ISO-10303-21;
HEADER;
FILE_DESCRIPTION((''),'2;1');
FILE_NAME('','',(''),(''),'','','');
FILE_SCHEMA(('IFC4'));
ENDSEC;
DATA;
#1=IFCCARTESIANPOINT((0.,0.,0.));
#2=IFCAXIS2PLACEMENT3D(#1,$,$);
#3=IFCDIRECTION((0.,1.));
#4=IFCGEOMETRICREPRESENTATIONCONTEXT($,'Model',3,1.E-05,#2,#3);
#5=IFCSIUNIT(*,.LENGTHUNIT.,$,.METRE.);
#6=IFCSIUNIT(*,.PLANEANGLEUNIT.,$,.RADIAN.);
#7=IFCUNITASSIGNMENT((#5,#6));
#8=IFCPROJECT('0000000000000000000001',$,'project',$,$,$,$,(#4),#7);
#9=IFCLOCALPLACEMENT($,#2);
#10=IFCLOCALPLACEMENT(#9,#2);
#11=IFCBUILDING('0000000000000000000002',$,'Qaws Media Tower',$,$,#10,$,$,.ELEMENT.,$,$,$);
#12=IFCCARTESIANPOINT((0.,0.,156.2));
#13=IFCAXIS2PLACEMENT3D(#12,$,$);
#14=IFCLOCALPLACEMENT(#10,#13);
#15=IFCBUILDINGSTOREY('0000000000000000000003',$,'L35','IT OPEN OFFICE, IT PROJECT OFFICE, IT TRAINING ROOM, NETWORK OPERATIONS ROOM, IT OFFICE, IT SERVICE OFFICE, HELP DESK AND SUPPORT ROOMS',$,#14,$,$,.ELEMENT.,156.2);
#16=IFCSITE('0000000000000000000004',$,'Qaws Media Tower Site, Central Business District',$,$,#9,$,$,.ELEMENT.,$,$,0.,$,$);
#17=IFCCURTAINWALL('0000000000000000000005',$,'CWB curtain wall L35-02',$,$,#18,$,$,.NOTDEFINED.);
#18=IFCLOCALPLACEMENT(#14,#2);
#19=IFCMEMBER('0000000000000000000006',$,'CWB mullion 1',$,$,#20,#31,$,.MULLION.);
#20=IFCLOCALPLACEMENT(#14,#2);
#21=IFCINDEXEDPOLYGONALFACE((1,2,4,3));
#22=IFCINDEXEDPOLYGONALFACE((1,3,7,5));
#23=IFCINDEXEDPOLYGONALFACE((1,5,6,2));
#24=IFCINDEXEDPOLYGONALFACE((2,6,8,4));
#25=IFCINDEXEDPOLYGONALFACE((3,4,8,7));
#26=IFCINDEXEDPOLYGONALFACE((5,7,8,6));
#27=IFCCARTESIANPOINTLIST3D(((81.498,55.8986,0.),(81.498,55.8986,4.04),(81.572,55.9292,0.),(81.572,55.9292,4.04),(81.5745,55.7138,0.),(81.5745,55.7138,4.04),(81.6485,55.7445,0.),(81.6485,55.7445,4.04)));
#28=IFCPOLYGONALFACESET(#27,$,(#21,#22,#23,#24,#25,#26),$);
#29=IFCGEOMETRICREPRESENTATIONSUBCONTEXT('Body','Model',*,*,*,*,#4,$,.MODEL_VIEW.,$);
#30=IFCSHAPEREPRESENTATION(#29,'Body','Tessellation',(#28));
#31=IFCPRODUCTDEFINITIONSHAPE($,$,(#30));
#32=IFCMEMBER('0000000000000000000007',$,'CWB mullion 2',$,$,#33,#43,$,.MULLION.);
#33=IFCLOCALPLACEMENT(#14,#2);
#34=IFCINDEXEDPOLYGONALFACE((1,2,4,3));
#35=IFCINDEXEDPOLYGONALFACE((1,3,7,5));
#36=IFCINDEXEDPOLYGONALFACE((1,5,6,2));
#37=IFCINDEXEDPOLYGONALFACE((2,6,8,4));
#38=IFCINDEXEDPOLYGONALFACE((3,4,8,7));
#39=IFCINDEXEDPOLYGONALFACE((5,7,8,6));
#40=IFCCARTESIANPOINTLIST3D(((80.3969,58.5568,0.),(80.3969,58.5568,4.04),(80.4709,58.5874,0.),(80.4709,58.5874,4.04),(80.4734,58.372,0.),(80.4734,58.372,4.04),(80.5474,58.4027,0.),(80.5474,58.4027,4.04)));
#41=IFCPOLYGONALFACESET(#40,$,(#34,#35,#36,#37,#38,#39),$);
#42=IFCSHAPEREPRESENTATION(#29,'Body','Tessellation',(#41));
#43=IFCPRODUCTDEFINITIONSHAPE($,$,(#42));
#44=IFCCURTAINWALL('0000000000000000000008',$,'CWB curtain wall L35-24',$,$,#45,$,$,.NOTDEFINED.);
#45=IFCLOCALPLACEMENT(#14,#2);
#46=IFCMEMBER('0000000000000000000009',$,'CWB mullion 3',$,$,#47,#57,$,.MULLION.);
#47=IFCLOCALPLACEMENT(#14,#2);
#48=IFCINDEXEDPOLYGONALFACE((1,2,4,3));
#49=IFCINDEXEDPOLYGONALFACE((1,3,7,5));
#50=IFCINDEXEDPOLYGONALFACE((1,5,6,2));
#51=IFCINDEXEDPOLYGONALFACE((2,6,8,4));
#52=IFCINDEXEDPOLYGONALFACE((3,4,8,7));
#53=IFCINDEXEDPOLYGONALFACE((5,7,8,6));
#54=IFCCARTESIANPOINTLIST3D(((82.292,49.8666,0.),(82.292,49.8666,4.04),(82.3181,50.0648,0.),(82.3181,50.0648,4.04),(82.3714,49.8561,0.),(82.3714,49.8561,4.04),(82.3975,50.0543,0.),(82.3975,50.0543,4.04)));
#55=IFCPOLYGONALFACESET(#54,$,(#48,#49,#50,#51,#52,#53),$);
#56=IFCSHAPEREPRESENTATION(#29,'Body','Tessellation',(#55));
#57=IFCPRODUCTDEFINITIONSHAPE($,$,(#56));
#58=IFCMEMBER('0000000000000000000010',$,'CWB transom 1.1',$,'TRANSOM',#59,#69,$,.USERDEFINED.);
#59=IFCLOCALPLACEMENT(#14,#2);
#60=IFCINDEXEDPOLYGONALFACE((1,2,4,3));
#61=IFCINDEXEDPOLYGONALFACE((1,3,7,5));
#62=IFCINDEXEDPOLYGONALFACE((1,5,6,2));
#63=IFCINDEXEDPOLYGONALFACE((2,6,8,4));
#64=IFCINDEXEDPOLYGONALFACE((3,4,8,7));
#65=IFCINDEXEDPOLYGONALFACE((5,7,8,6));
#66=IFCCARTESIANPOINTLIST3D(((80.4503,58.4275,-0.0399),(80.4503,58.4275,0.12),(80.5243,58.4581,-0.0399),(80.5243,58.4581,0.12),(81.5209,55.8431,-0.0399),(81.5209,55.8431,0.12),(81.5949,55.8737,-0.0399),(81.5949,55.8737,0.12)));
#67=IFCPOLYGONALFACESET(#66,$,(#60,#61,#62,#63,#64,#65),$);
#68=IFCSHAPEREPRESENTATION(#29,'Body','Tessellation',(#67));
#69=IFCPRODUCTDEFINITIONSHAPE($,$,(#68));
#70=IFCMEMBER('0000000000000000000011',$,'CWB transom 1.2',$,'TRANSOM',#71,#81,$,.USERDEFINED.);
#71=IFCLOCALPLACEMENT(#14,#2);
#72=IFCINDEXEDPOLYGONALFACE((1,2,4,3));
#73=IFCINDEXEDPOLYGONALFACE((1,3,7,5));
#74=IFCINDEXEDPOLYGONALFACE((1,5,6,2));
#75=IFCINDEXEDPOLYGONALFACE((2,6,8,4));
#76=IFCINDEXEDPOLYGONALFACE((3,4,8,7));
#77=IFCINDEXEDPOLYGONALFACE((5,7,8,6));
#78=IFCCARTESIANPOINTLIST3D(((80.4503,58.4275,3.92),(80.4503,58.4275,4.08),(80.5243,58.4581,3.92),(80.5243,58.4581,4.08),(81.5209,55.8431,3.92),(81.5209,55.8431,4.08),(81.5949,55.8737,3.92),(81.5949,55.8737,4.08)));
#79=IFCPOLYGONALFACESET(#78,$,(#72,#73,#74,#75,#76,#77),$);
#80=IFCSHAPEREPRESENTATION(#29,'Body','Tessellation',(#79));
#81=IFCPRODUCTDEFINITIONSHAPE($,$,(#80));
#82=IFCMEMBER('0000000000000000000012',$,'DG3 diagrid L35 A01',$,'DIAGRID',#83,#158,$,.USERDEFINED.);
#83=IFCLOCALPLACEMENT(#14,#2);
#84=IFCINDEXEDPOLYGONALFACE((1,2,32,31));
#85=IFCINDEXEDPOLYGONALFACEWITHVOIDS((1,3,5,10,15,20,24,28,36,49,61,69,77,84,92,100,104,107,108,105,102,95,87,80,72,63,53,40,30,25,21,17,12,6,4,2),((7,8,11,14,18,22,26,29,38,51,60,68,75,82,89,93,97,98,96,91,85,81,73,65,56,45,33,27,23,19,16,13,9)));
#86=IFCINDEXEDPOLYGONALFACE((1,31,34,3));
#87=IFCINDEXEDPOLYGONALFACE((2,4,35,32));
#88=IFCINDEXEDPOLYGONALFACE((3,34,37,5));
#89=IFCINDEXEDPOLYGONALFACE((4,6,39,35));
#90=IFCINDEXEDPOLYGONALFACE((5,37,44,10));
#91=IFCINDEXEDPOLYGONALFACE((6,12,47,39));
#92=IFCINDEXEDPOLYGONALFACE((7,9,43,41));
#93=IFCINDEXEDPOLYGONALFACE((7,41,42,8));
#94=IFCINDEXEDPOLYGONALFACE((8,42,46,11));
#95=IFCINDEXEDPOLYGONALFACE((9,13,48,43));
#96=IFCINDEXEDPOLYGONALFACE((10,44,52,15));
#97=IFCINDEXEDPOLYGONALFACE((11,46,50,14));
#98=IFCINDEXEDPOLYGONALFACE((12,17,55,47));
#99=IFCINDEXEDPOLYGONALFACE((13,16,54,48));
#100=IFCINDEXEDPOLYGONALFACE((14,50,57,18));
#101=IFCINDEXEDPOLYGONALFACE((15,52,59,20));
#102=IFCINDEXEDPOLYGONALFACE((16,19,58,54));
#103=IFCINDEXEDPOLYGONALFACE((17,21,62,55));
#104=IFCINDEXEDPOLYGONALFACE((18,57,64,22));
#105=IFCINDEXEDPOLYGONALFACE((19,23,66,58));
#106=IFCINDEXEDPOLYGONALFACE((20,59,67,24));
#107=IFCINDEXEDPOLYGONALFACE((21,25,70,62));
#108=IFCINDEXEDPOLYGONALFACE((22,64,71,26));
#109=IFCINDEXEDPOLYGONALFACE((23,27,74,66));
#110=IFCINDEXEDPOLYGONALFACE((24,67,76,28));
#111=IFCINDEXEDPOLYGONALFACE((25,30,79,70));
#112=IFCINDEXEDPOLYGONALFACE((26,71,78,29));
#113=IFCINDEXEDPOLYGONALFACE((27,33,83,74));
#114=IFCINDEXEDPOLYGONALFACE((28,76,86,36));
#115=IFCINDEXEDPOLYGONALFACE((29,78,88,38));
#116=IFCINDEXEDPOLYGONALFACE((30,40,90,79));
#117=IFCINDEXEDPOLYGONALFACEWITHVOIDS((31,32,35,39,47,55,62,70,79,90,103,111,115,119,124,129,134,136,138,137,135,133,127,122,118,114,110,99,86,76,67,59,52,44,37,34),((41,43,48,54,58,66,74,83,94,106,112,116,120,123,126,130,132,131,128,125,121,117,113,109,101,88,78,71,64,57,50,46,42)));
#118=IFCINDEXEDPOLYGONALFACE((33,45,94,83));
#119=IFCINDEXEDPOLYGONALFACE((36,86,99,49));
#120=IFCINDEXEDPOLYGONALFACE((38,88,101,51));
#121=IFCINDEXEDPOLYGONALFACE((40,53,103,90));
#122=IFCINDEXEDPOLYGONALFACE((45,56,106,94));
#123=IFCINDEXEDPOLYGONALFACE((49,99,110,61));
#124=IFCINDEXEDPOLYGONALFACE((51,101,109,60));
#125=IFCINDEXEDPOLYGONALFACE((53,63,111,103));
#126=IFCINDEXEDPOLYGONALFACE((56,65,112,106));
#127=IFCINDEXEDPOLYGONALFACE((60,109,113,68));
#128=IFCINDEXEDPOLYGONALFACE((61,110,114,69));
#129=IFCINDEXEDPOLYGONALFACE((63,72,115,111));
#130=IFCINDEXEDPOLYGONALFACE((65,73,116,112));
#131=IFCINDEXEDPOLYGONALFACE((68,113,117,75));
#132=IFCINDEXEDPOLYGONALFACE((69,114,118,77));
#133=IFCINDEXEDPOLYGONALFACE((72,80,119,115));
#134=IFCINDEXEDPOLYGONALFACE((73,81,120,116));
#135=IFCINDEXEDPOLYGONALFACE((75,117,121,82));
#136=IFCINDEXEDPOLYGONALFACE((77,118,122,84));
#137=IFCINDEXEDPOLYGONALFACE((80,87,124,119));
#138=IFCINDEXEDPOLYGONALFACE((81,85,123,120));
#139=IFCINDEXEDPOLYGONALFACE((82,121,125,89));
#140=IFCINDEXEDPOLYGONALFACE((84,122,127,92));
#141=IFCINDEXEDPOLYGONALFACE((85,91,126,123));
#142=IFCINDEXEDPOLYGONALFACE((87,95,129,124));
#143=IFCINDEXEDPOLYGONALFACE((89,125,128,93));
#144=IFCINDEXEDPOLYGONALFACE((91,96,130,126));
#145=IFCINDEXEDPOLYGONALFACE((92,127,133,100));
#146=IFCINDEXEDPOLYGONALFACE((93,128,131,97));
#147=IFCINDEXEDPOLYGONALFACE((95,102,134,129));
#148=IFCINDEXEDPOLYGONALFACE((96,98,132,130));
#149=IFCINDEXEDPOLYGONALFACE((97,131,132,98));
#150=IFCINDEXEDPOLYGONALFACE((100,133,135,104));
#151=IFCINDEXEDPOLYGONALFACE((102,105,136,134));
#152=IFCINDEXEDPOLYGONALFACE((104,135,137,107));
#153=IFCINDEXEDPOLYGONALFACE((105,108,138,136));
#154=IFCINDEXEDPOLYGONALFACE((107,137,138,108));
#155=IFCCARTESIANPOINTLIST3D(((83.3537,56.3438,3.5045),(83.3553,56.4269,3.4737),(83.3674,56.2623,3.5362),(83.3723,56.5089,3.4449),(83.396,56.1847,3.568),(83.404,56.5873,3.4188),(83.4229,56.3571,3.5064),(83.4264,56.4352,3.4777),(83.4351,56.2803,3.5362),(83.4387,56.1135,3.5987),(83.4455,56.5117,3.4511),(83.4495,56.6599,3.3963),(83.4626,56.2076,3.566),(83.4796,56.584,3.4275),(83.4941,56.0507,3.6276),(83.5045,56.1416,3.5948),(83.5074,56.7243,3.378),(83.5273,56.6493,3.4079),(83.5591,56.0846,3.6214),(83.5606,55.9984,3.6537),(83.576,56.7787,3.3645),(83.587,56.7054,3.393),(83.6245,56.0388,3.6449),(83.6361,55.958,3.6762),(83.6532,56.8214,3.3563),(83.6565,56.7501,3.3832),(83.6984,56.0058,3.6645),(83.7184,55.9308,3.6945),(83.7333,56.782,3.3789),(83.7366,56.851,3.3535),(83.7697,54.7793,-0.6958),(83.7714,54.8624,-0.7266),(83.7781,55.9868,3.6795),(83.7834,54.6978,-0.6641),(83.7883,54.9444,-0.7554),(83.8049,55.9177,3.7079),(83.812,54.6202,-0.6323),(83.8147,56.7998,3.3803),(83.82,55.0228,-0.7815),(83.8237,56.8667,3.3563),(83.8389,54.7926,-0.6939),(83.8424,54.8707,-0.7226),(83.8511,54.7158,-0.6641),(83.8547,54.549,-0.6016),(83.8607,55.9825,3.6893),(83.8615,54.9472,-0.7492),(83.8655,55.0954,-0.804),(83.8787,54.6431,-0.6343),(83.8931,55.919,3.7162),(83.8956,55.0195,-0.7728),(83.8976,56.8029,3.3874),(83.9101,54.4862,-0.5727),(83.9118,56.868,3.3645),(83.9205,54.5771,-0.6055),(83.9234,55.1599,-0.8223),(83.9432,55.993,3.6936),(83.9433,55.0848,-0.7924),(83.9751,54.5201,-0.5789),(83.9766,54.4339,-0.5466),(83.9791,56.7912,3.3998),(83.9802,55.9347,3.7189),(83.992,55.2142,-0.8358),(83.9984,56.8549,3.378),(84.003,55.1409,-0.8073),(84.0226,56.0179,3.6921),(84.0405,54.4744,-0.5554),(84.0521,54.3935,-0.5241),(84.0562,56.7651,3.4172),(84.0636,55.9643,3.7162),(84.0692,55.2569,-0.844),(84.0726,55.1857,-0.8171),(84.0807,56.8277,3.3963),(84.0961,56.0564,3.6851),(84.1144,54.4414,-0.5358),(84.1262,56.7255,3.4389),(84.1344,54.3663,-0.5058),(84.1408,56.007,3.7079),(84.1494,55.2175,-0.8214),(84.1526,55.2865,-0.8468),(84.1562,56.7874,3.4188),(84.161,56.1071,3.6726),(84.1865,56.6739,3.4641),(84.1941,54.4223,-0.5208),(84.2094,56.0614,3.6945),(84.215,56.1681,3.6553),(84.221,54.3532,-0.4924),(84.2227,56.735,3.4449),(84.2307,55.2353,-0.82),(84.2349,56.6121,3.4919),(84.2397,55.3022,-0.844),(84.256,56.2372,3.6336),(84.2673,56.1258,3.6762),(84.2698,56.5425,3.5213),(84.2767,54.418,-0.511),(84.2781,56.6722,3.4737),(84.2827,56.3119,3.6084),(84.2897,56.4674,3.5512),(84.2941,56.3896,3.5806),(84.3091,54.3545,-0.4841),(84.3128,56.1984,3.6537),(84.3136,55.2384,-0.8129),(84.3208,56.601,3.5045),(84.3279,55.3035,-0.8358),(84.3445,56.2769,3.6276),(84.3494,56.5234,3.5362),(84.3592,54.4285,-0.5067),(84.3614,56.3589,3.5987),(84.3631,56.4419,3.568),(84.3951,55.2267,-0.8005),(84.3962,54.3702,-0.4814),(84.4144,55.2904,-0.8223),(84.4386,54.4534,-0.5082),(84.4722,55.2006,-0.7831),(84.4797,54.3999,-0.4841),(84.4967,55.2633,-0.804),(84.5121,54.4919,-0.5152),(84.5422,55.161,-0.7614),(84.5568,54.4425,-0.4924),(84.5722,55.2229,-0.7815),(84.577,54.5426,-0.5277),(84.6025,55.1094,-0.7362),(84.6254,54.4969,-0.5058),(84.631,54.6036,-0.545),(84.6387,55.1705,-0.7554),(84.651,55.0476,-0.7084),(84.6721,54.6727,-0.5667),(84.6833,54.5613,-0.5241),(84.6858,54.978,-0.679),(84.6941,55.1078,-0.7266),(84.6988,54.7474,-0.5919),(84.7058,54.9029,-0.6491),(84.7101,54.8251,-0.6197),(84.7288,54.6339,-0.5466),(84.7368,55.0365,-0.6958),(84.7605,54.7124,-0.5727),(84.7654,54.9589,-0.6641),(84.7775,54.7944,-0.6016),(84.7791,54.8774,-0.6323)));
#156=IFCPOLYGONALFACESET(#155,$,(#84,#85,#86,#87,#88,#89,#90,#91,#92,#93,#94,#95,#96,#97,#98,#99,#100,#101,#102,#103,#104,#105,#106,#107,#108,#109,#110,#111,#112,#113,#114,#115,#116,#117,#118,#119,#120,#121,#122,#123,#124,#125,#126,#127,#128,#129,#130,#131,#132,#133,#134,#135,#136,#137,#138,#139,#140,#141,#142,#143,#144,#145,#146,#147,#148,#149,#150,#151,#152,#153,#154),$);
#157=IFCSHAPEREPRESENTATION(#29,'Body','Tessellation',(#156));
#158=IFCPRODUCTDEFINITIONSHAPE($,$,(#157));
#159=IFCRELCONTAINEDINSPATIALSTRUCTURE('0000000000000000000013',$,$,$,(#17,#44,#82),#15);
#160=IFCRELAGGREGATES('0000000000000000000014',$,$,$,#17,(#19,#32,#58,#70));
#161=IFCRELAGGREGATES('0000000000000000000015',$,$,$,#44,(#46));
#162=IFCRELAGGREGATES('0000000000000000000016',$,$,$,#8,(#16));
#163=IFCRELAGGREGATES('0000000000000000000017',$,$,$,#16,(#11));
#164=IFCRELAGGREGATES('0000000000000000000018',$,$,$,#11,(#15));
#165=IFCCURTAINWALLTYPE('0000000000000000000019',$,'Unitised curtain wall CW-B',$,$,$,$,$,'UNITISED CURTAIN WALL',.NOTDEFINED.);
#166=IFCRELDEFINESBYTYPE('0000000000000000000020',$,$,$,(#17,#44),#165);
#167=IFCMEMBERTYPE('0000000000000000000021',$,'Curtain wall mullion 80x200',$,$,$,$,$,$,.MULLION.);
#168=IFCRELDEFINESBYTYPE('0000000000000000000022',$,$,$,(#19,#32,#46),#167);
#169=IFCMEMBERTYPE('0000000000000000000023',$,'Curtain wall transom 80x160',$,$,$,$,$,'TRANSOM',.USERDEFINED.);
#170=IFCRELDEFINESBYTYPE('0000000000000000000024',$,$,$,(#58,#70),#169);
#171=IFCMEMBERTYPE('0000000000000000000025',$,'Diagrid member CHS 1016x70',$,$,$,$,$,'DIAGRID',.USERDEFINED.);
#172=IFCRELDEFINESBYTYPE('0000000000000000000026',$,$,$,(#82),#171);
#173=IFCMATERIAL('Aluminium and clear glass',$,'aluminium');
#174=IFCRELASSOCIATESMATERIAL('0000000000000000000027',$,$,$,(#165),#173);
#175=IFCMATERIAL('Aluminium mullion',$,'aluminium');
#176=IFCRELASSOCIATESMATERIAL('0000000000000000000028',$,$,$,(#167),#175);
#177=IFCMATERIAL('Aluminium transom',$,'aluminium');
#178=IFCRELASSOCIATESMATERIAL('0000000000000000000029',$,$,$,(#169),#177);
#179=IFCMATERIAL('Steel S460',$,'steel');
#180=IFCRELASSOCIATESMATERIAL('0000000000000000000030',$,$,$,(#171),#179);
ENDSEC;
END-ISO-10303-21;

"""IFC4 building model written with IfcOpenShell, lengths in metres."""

from ifc_helpers import new_model, si_unit, direction, frame, origin, origin_2d, place, context, subcontext, project, spatial, rectangle, hollow_circle, extrude, material, material_profile, profile_set, type_object, element, aggregate, save


model = new_model("IFC4")

# Units and contexts
model_context = context("Model", 3, precision=1e-05, world=origin(), true_north=direction((0.0, 1.0)))
body_context = subcontext(model_context, "Body", "Model", "MODEL_VIEW")
ifc_project = project(units=[si_unit("LENGTHUNIT", "METRE"), si_unit("PLANEANGLEUNIT", "RADIAN")], contexts=[model_context])

# Site, building, storey
site_placement = place(None, origin())
site = spatial("IfcSite", under=ifc_project, at=site_placement, Name="Qaws Media Tower Site, Central Business District", CompositionType="ELEMENT", RefElevation=0.0)
building_placement = place(site_placement, origin())
building = spatial("IfcBuilding", under=site, at=building_placement, Name="Qaws Media Tower", CompositionType="ELEMENT")
storey_placement = place(building_placement, frame((0.0, 0.0, 156.2)))
storey = spatial("IfcBuildingStorey", under=building, at=storey_placement, Name="L35", Description="IT OPEN OFFICE, IT PROJECT OFFICE, IT TRAINING ROOM, NETWORK OPERATIONS ROOM, IT OFFICE, IT SERVICE OFFICE, HELP DESK AND SUPPORT ROOMS", CompositionType="ELEMENT", Elevation=156.2)

# Curtain wall, members
ifc_material_1 = material(Name="Aluminium and clear glass", Category="aluminium")
curtain_wall_type = type_object("IfcCurtainWallType", Name="Unitised curtain wall CW-B", ElementType="UNITISED CURTAIN WALL", PredefinedType="NOTDEFINED", material=ifc_material_1)
curtain_wall_1_placement = place(storey_placement, origin())
curtain_wall_1 = element("IfcCurtainWall", 1, at=curtain_wall_1_placement, inside=storey, type_object=curtain_wall_type, Name="CWB curtain wall L35-02", PredefinedType="NOTDEFINED")
ifc_material_2 = material(Name="Aluminium mullion", Category="aluminium")
ifc_material_profile_1 = material_profile(ifc_material_2, rectangle(XDim=0.0801, YDim=0.2, at=origin_2d()), Name="80x200")
ifc_profile_set_1 = profile_set([ifc_material_profile_1], Name="Aluminium mullion")
member_type_1 = type_object("IfcMemberType", Name="Curtain wall mullion 80x200", PredefinedType="MULLION", material=ifc_profile_set_1)
member_1_placement = place(storey_placement, frame((81.5732, 55.8215, 0.0), z_axis=(0.0, 0.0, 1.0), x_axis=(-0.92388, -0.382683, 0.0)))
member_1 = element("IfcMember", 2, at=member_1_placement, type_object=member_type_1, Name="CWB mullion 1", PredefinedType="MULLION", context=body_context, shape_type="SweptSolid", body=[
    extrude(rectangle(XDim=0.0801, YDim=0.2, at=origin_2d()), origin(), (0.0, 0.0, 1.0), 4.04),
])
member_2_placement = place(storey_placement, frame((80.4722, 58.4797, 0.0), z_axis=(0.0, 0.0, 1.0), x_axis=(-0.92388, -0.382683, 0.0)))
member_2 = element("IfcMember", 3, at=member_2_placement, type_object=member_type_1, Name="CWB mullion 2", PredefinedType="MULLION", context=body_context, shape_type="SweptSolid", body=[
    extrude(rectangle(XDim=0.0801, YDim=0.2, at=origin_2d()), origin(), (0.0, 0.0, 1.0), 4.04),
])

# Curtain wall, member
curtain_wall_2_placement = place(storey_placement, origin())
curtain_wall_2 = element("IfcCurtainWall", 4, at=curtain_wall_2_placement, inside=storey, type_object=curtain_wall_type, Name="CWB curtain wall L35-24", PredefinedType="NOTDEFINED")
member_3_placement = place(storey_placement, frame((82.3447, 49.9604, 0.0), z_axis=(0.0, 0.0, 1.0), x_axis=(-0.991445, 0.130526, 0.0)))
member_3 = element("IfcMember", 5, at=member_3_placement, type_object=member_type_1, Name="CWB mullion 3", PredefinedType="MULLION", context=body_context, shape_type="SweptSolid", body=[
    extrude(rectangle(XDim=0.0801, YDim=0.2, at=origin_2d()), origin(), (0.0, 0.0, 1.0), 4.04),
])

# Members
ifc_material_3 = material(Name="Aluminium transom", Category="aluminium")
ifc_material_profile_2 = material_profile(ifc_material_3, rectangle(XDim=0.0801, YDim=0.1599, at=origin_2d()), Name="80x160")
ifc_profile_set_2 = profile_set([ifc_material_profile_2], Name="Aluminium transom")
member_type_2 = type_object("IfcMemberType", Name="Curtain wall transom 80x160", ElementType="TRANSOM", PredefinedType="USERDEFINED", material=ifc_profile_set_2)
member_4_placement = place(storey_placement, frame((81.5579, 55.8584, 0.04), z_axis=(-0.382694, 0.923875, 0.0), x_axis=(-0.923875, -0.382694, 0.0)))
member_4 = element("IfcMember", 6, at=member_4_placement, type_object=member_type_2, Name="CWB transom 1.1", ObjectType="TRANSOM", PredefinedType="USERDEFINED", context=body_context, shape_type="SweptSolid", body=[
    extrude(rectangle(XDim=0.0801, YDim=0.1599, at=origin_2d()), origin(), (0.0, 0.0, 1.0), 2.7974),
])
member_5_placement = place(storey_placement, frame((81.5579, 55.8584, 4.0), z_axis=(-0.382694, 0.923875, 0.0), x_axis=(-0.923875, -0.382694, 0.0)))
member_5 = element("IfcMember", 7, at=member_5_placement, type_object=member_type_2, Name="CWB transom 1.2", ObjectType="TRANSOM", PredefinedType="USERDEFINED", context=body_context, shape_type="SweptSolid", body=[
    extrude(rectangle(XDim=0.0801, YDim=0.1599, at=origin_2d()), origin(), (0.0, 0.0, 1.0), 2.7974),
])

# Member
ifc_material_4 = material(Name="Steel S460", Category="steel")
ifc_material_profile_3 = material_profile(ifc_material_4, hollow_circle(Radius=0.5081, WallThickness=0.0701, at=origin_2d()), Name="CHS 1016x70")
ifc_profile_set_3 = profile_set([ifc_material_profile_3], Name="Steel S460")
member_type_3 = type_object("IfcMemberType", Name="Diagrid member CHS 1016x70", ElementType="DIAGRID", PredefinedType="USERDEFINED", material=ifc_profile_set_3)
member_6_placement = place(storey_placement, frame((84.2744, 54.8284, -0.6641), z_axis=(-0.09242, 0.347551, 0.933095), x_axis=(-0.966415, -0.256987, 0.0)))
element("IfcMember", 8, at=member_6_placement, inside=storey, type_object=member_type_3, Name="DG3 diagrid L35 A01", ObjectType="DIAGRID", PredefinedType="USERDEFINED", context=body_context, shape_type="SweptSolid", body=[
    extrude(hollow_circle(Radius=0.5081, WallThickness=0.0701, at=origin_2d()), origin(), (0.0, 0.0, 1.0), 4.5015),
])

aggregate(curtain_wall_1, [member_1, member_2, member_4, member_5])
aggregate(curtain_wall_2, [member_3])

save(model, "model.ifc")
